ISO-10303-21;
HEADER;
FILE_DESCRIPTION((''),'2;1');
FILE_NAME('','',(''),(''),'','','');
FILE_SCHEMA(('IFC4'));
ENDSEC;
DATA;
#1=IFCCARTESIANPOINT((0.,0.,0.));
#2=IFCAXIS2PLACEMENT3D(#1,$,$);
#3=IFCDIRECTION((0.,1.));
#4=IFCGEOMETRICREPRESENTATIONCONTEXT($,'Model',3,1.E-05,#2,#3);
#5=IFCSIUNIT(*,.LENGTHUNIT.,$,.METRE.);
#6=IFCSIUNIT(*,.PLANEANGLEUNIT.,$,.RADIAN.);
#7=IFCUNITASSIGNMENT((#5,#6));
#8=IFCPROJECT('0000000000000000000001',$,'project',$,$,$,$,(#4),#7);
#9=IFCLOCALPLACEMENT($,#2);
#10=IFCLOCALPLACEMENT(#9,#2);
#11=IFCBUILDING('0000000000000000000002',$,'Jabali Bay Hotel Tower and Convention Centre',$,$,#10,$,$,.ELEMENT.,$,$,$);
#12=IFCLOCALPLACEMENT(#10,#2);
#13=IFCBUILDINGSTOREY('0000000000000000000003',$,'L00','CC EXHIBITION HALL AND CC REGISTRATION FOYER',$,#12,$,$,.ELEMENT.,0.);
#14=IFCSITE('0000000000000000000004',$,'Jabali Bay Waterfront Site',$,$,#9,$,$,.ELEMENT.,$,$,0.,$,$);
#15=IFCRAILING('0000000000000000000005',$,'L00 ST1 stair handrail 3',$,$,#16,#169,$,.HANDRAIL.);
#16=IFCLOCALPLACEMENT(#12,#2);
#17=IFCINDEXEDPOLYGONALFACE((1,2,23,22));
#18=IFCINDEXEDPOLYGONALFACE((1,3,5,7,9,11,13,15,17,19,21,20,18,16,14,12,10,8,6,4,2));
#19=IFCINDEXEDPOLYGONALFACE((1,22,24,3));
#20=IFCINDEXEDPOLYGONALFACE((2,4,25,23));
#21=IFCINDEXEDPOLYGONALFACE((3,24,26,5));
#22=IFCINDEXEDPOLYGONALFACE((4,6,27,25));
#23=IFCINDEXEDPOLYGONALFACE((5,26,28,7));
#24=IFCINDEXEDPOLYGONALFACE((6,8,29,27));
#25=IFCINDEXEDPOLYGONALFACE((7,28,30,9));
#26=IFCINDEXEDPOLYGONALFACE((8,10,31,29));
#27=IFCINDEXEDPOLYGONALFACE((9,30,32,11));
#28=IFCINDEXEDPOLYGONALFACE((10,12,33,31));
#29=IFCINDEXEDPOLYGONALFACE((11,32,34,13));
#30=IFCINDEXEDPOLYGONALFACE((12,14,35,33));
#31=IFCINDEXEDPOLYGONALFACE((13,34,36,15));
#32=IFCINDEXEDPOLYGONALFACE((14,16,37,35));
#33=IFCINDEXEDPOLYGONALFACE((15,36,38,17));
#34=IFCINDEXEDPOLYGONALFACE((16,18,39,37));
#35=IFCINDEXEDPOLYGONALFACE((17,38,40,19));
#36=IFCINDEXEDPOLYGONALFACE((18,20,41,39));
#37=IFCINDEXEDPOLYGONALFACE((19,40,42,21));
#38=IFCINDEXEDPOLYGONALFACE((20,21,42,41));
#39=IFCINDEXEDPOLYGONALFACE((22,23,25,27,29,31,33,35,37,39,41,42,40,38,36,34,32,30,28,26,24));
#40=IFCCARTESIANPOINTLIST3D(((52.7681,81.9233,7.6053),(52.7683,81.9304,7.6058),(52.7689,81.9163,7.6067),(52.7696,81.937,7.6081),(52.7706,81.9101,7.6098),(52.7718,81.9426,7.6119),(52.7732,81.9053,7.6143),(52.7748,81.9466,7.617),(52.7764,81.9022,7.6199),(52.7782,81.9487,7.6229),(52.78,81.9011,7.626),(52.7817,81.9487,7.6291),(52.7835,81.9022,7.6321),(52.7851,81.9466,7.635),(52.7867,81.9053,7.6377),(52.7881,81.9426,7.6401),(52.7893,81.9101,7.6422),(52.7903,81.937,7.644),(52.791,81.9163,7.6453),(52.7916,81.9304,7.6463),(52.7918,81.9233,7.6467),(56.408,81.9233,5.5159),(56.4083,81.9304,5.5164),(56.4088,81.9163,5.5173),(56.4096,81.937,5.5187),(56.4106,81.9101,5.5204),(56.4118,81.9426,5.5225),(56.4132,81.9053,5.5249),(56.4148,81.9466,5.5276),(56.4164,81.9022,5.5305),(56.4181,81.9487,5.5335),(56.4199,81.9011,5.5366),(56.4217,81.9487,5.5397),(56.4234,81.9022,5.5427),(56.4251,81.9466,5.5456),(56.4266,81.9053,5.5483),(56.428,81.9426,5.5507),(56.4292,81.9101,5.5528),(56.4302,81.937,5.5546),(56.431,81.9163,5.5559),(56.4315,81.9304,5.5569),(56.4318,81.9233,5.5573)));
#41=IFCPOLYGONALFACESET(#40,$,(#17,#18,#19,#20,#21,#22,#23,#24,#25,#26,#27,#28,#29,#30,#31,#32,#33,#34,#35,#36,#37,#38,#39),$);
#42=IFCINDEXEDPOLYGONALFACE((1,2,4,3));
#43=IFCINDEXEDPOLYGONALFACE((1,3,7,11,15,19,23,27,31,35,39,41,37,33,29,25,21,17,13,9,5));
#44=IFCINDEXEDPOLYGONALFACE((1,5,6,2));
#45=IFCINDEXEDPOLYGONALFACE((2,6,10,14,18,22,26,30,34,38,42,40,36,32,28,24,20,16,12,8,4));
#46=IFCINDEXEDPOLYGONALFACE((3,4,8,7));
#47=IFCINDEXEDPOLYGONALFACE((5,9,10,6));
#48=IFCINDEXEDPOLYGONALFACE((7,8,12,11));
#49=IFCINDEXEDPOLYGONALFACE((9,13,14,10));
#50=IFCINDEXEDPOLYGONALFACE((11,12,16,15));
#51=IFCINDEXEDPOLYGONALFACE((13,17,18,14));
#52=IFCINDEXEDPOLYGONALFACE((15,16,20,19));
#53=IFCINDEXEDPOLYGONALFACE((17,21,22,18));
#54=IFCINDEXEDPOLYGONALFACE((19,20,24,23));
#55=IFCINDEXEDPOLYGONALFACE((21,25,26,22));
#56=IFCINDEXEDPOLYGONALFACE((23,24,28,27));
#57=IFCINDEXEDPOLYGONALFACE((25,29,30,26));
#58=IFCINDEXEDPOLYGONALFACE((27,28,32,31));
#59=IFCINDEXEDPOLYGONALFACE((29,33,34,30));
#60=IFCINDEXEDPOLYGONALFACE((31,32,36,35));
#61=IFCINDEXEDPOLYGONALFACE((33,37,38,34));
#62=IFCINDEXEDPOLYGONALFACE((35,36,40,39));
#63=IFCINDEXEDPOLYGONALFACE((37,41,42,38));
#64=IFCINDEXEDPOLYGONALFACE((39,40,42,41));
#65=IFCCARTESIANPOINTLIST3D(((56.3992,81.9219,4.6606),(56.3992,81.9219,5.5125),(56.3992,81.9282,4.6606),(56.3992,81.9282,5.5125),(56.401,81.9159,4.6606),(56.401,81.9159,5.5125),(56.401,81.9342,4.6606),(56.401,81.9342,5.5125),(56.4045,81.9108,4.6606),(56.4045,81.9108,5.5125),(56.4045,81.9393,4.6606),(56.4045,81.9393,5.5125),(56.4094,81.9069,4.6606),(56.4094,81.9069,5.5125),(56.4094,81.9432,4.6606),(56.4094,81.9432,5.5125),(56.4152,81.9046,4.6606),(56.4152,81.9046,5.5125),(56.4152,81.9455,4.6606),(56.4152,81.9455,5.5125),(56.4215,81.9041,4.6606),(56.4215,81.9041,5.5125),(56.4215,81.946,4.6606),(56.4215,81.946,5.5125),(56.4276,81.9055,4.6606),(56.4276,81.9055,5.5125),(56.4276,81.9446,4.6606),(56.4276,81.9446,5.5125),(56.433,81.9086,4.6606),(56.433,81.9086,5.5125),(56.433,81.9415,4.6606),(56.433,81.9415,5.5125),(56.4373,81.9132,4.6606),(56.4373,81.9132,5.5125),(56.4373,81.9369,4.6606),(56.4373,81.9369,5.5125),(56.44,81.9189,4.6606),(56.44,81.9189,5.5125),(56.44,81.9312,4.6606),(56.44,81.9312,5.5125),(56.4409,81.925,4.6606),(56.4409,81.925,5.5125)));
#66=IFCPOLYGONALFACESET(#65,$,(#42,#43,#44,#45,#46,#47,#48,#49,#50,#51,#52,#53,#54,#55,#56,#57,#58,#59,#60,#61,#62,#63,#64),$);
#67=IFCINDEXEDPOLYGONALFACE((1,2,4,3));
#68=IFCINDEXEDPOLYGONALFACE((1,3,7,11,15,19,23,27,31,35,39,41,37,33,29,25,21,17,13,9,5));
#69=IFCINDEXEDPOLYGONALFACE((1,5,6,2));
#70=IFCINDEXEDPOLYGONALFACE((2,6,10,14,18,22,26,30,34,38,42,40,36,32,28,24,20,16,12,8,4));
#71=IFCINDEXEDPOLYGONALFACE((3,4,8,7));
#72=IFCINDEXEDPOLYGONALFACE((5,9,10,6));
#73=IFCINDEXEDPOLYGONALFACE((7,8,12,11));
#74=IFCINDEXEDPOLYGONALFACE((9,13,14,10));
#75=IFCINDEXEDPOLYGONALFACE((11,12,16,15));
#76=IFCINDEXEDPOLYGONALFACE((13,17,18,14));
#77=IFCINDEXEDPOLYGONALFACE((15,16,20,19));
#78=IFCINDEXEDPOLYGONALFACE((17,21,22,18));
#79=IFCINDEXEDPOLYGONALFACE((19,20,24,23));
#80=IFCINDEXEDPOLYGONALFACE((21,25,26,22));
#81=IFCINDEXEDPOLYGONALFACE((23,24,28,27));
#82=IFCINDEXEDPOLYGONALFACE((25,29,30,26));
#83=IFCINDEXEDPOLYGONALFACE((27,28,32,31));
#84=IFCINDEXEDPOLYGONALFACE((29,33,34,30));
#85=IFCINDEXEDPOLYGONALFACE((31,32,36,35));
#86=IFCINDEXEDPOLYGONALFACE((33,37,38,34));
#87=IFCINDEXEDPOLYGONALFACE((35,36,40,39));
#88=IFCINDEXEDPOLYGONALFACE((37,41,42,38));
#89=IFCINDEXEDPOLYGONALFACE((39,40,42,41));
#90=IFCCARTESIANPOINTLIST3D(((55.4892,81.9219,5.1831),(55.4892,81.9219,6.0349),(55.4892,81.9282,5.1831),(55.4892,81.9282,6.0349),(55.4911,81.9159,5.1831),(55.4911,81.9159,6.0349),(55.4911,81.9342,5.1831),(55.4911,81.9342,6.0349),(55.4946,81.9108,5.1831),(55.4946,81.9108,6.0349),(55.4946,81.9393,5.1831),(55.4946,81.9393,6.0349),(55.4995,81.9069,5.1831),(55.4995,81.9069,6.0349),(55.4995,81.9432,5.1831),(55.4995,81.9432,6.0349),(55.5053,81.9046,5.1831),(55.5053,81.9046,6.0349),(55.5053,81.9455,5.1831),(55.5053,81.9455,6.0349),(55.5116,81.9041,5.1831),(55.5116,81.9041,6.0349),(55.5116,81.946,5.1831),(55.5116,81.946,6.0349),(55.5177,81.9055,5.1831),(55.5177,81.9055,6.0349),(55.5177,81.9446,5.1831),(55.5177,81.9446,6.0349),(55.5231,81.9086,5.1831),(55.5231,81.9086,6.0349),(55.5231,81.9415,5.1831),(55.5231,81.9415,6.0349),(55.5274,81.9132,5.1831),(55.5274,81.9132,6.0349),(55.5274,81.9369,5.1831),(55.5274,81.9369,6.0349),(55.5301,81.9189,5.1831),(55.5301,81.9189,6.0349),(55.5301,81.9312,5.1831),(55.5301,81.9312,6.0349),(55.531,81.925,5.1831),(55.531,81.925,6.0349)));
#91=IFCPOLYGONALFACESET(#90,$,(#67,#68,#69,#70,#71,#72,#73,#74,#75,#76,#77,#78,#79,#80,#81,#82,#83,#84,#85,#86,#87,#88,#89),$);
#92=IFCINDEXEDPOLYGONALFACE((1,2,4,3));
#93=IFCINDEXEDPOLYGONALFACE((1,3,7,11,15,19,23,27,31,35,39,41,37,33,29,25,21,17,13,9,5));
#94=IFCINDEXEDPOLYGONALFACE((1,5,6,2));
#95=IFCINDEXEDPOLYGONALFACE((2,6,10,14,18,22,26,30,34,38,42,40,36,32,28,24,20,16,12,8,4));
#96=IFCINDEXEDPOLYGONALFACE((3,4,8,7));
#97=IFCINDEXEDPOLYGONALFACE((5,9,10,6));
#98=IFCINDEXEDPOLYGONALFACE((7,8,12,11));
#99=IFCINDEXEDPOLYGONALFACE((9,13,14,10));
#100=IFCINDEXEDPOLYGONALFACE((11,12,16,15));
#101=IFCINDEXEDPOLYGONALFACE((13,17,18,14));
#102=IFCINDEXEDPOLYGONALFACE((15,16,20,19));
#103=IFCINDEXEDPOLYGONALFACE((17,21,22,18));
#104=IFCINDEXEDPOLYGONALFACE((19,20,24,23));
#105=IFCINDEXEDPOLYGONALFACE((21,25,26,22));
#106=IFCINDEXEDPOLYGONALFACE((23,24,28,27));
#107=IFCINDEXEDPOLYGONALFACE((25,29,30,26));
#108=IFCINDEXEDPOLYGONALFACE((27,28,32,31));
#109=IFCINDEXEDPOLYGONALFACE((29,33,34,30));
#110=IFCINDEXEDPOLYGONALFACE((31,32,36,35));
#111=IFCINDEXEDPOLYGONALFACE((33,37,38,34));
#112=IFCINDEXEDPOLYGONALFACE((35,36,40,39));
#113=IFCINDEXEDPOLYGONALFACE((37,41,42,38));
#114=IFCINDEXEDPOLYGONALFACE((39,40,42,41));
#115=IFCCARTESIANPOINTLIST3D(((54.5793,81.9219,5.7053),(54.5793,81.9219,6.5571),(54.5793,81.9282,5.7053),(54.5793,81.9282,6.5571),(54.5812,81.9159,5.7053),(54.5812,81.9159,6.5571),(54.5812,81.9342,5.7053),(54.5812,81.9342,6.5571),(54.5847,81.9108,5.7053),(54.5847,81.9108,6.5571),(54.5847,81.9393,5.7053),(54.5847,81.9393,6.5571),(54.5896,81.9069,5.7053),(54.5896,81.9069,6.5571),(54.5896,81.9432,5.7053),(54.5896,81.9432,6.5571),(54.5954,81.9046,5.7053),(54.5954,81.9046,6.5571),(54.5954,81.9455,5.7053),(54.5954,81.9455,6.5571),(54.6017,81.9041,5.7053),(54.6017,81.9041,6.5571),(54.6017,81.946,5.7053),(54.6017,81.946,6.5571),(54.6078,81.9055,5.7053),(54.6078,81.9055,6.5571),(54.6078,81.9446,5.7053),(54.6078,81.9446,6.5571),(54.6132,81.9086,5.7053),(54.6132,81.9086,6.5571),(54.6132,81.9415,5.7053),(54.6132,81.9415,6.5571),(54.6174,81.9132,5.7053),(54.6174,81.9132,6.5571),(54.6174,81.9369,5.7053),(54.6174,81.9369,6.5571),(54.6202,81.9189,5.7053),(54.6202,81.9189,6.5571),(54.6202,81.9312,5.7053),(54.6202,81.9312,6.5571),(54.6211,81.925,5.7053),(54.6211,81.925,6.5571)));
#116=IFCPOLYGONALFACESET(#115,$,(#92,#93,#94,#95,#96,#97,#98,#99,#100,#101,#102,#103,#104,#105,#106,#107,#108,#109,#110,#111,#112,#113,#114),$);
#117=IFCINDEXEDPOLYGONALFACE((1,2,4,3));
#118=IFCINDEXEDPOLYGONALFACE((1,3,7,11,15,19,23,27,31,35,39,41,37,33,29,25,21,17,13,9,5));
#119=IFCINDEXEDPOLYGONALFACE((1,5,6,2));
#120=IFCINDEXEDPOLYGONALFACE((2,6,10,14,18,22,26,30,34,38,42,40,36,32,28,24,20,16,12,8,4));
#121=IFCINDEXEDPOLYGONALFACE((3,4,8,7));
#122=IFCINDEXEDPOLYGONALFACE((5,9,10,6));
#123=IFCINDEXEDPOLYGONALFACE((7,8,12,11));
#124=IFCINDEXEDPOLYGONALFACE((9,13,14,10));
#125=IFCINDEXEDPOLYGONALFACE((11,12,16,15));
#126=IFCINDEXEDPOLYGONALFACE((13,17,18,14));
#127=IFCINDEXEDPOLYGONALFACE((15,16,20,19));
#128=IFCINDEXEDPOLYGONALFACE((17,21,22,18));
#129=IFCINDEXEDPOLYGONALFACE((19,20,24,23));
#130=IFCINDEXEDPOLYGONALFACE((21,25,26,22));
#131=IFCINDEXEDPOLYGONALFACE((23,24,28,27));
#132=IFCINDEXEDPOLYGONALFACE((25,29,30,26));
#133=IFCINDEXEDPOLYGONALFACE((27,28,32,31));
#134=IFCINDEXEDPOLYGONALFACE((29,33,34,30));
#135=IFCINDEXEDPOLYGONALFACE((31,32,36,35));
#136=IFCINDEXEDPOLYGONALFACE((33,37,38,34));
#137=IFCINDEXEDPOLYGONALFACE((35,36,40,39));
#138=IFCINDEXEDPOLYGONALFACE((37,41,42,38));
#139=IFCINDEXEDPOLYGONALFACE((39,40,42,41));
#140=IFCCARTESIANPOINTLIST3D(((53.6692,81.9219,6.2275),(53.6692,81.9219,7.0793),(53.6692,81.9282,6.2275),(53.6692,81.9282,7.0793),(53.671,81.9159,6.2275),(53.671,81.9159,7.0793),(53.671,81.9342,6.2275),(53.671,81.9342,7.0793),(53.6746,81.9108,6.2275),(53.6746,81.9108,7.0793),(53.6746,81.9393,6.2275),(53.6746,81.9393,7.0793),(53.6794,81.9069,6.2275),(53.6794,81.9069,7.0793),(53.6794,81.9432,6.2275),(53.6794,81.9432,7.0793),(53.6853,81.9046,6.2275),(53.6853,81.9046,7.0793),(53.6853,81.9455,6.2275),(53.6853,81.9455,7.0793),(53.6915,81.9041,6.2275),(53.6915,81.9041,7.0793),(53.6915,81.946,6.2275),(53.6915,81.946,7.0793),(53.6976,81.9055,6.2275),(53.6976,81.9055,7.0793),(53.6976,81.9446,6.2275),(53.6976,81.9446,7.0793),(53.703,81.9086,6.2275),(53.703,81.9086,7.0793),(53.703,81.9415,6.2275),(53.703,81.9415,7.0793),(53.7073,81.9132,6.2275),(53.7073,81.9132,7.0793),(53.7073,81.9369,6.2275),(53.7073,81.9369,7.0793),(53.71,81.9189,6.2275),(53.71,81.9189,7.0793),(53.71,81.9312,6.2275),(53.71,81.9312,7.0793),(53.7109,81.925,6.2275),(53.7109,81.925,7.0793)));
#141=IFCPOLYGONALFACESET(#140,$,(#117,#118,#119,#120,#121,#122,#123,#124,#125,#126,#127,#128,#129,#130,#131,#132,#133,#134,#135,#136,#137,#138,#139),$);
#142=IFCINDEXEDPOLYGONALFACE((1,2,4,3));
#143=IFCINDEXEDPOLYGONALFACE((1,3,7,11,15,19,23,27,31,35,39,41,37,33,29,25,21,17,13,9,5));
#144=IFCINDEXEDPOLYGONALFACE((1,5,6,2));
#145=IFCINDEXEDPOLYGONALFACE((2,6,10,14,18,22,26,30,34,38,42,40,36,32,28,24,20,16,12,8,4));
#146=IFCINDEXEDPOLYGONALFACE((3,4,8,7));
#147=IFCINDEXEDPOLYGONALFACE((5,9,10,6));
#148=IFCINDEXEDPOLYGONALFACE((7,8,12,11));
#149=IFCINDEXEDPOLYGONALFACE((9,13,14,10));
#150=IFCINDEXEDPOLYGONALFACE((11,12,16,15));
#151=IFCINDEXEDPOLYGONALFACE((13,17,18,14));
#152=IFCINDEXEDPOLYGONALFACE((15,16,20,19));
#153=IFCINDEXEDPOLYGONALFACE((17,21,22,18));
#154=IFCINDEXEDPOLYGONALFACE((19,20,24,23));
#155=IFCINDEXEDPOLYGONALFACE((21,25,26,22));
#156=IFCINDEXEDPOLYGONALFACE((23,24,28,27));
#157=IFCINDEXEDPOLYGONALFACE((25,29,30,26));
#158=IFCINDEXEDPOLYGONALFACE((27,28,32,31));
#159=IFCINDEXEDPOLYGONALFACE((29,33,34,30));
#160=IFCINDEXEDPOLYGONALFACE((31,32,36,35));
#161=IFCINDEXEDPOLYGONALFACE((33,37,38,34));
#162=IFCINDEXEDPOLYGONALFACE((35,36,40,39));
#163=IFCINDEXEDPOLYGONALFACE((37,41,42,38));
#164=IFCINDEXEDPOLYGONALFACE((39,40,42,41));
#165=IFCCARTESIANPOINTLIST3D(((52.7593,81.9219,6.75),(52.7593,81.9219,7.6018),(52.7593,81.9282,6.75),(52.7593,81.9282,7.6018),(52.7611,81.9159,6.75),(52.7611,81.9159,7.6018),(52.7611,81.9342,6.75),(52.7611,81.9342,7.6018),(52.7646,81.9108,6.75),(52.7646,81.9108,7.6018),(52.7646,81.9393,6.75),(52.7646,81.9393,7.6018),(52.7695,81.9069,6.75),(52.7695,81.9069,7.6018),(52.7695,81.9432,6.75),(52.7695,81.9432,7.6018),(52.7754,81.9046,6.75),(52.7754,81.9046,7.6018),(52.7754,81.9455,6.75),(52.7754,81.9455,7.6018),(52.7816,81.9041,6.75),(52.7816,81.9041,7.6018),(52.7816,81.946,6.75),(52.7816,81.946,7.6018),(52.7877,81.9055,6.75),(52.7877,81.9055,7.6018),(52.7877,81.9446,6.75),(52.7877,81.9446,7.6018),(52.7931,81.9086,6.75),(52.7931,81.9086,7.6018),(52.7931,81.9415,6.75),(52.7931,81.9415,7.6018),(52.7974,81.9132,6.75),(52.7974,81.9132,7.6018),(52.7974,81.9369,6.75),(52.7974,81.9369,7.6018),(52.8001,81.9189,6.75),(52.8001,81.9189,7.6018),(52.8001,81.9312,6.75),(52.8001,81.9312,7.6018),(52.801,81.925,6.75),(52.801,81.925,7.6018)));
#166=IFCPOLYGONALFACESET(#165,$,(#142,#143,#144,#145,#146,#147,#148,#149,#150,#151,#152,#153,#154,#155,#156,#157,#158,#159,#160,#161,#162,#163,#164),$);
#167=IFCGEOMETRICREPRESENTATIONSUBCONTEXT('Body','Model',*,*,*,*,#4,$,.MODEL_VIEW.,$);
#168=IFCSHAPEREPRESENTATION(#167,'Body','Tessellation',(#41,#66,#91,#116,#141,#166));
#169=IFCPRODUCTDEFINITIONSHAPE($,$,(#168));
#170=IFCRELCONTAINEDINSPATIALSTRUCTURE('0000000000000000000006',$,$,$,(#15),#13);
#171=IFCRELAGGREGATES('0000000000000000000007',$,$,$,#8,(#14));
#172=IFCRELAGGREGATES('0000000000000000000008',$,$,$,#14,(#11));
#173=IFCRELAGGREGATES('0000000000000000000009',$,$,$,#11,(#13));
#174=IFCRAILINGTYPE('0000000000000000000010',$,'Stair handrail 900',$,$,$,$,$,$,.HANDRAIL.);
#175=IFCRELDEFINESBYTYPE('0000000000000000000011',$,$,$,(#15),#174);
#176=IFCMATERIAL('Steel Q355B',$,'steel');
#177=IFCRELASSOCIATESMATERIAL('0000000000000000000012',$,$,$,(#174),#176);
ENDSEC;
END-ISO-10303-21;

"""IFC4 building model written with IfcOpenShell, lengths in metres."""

from ifc_helpers import new_model, si_unit, direction, frame, origin, origin_2d, place, context, subcontext, project, spatial, circle, extrude, material, type_object, element, save


model = new_model("IFC4")

# Units and contexts
model_context = context("Model", 3, precision=1e-05, world=origin(), true_north=direction((0.0, 1.0)))
body_context = subcontext(model_context, "Body", "Model", "MODEL_VIEW")
ifc_project = project(units=[si_unit("LENGTHUNIT", "METRE"), si_unit("PLANEANGLEUNIT", "RADIAN")], contexts=[model_context])

# Site, building, storey
site_placement = place(None, origin())
site = spatial("IfcSite", under=ifc_project, at=site_placement, Name="Jabali Bay Waterfront Site", CompositionType="ELEMENT", RefElevation=0.0)
building_placement = place(site_placement, origin())
building = spatial("IfcBuilding", under=site, at=building_placement, Name="Jabali Bay Hotel Tower and Convention Centre", CompositionType="ELEMENT")
storey_placement = place(building_placement, origin())
storey = spatial("IfcBuildingStorey", under=building, at=storey_placement, Name="L00", Description="CC EXHIBITION HALL AND CC REGISTRATION FOYER", CompositionType="ELEMENT", Elevation=0.0)

# Railing
ifc_material_1 = material(Name="Steel Q355B", Category="steel")
railing_type_1 = type_object("IfcRailingType", Name="Stair handrail 900", PredefinedType="HANDRAIL", material=ifc_material_1)
for number, where, name in (
    (1, (56.4199, 81.925, 4.6606), "L00 ST1 stair handrail 3"),
):
    element("IfcRailing", number, at=place(storey_placement, frame(where)), inside=storey, type_object=railing_type_1, Name=name, PredefinedType="HANDRAIL", context=body_context, shape_type="SweptSolid", body=[
        extrude(circle(Radius=0.0239, at=origin_2d()), frame((0.0, 0.0, 0.876), z_axis=(-0.867275, 0.0, 0.497829), x_axis=(0.0, -1.0, 0.0)), (0.0, 0.0, 1.0), 4.197),
        extrude(circle(Radius=0.021, at=origin_2d()), origin(), (0.0, 0.0, 1.0), 0.8518),
        extrude(circle(Radius=0.021, at=origin_2d()), frame((-0.9099, 0.0, 0.5225)), (0.0, 0.0, 1.0), 0.8518),
        extrude(circle(Radius=0.021, at=origin_2d()), frame((-1.8198, 0.0, 1.0447)), (0.0, 0.0, 1.0), 0.8518),
        extrude(circle(Radius=0.021, at=origin_2d()), frame((-2.73, 0.0, 1.5669)), (0.0, 0.0, 1.0), 0.8518),
        extrude(circle(Radius=0.021, at=origin_2d()), frame((-3.6399, 0.0, 2.0894)), (0.0, 0.0, 1.0), 0.8518),
    ])

save(model, "model.ifc")
